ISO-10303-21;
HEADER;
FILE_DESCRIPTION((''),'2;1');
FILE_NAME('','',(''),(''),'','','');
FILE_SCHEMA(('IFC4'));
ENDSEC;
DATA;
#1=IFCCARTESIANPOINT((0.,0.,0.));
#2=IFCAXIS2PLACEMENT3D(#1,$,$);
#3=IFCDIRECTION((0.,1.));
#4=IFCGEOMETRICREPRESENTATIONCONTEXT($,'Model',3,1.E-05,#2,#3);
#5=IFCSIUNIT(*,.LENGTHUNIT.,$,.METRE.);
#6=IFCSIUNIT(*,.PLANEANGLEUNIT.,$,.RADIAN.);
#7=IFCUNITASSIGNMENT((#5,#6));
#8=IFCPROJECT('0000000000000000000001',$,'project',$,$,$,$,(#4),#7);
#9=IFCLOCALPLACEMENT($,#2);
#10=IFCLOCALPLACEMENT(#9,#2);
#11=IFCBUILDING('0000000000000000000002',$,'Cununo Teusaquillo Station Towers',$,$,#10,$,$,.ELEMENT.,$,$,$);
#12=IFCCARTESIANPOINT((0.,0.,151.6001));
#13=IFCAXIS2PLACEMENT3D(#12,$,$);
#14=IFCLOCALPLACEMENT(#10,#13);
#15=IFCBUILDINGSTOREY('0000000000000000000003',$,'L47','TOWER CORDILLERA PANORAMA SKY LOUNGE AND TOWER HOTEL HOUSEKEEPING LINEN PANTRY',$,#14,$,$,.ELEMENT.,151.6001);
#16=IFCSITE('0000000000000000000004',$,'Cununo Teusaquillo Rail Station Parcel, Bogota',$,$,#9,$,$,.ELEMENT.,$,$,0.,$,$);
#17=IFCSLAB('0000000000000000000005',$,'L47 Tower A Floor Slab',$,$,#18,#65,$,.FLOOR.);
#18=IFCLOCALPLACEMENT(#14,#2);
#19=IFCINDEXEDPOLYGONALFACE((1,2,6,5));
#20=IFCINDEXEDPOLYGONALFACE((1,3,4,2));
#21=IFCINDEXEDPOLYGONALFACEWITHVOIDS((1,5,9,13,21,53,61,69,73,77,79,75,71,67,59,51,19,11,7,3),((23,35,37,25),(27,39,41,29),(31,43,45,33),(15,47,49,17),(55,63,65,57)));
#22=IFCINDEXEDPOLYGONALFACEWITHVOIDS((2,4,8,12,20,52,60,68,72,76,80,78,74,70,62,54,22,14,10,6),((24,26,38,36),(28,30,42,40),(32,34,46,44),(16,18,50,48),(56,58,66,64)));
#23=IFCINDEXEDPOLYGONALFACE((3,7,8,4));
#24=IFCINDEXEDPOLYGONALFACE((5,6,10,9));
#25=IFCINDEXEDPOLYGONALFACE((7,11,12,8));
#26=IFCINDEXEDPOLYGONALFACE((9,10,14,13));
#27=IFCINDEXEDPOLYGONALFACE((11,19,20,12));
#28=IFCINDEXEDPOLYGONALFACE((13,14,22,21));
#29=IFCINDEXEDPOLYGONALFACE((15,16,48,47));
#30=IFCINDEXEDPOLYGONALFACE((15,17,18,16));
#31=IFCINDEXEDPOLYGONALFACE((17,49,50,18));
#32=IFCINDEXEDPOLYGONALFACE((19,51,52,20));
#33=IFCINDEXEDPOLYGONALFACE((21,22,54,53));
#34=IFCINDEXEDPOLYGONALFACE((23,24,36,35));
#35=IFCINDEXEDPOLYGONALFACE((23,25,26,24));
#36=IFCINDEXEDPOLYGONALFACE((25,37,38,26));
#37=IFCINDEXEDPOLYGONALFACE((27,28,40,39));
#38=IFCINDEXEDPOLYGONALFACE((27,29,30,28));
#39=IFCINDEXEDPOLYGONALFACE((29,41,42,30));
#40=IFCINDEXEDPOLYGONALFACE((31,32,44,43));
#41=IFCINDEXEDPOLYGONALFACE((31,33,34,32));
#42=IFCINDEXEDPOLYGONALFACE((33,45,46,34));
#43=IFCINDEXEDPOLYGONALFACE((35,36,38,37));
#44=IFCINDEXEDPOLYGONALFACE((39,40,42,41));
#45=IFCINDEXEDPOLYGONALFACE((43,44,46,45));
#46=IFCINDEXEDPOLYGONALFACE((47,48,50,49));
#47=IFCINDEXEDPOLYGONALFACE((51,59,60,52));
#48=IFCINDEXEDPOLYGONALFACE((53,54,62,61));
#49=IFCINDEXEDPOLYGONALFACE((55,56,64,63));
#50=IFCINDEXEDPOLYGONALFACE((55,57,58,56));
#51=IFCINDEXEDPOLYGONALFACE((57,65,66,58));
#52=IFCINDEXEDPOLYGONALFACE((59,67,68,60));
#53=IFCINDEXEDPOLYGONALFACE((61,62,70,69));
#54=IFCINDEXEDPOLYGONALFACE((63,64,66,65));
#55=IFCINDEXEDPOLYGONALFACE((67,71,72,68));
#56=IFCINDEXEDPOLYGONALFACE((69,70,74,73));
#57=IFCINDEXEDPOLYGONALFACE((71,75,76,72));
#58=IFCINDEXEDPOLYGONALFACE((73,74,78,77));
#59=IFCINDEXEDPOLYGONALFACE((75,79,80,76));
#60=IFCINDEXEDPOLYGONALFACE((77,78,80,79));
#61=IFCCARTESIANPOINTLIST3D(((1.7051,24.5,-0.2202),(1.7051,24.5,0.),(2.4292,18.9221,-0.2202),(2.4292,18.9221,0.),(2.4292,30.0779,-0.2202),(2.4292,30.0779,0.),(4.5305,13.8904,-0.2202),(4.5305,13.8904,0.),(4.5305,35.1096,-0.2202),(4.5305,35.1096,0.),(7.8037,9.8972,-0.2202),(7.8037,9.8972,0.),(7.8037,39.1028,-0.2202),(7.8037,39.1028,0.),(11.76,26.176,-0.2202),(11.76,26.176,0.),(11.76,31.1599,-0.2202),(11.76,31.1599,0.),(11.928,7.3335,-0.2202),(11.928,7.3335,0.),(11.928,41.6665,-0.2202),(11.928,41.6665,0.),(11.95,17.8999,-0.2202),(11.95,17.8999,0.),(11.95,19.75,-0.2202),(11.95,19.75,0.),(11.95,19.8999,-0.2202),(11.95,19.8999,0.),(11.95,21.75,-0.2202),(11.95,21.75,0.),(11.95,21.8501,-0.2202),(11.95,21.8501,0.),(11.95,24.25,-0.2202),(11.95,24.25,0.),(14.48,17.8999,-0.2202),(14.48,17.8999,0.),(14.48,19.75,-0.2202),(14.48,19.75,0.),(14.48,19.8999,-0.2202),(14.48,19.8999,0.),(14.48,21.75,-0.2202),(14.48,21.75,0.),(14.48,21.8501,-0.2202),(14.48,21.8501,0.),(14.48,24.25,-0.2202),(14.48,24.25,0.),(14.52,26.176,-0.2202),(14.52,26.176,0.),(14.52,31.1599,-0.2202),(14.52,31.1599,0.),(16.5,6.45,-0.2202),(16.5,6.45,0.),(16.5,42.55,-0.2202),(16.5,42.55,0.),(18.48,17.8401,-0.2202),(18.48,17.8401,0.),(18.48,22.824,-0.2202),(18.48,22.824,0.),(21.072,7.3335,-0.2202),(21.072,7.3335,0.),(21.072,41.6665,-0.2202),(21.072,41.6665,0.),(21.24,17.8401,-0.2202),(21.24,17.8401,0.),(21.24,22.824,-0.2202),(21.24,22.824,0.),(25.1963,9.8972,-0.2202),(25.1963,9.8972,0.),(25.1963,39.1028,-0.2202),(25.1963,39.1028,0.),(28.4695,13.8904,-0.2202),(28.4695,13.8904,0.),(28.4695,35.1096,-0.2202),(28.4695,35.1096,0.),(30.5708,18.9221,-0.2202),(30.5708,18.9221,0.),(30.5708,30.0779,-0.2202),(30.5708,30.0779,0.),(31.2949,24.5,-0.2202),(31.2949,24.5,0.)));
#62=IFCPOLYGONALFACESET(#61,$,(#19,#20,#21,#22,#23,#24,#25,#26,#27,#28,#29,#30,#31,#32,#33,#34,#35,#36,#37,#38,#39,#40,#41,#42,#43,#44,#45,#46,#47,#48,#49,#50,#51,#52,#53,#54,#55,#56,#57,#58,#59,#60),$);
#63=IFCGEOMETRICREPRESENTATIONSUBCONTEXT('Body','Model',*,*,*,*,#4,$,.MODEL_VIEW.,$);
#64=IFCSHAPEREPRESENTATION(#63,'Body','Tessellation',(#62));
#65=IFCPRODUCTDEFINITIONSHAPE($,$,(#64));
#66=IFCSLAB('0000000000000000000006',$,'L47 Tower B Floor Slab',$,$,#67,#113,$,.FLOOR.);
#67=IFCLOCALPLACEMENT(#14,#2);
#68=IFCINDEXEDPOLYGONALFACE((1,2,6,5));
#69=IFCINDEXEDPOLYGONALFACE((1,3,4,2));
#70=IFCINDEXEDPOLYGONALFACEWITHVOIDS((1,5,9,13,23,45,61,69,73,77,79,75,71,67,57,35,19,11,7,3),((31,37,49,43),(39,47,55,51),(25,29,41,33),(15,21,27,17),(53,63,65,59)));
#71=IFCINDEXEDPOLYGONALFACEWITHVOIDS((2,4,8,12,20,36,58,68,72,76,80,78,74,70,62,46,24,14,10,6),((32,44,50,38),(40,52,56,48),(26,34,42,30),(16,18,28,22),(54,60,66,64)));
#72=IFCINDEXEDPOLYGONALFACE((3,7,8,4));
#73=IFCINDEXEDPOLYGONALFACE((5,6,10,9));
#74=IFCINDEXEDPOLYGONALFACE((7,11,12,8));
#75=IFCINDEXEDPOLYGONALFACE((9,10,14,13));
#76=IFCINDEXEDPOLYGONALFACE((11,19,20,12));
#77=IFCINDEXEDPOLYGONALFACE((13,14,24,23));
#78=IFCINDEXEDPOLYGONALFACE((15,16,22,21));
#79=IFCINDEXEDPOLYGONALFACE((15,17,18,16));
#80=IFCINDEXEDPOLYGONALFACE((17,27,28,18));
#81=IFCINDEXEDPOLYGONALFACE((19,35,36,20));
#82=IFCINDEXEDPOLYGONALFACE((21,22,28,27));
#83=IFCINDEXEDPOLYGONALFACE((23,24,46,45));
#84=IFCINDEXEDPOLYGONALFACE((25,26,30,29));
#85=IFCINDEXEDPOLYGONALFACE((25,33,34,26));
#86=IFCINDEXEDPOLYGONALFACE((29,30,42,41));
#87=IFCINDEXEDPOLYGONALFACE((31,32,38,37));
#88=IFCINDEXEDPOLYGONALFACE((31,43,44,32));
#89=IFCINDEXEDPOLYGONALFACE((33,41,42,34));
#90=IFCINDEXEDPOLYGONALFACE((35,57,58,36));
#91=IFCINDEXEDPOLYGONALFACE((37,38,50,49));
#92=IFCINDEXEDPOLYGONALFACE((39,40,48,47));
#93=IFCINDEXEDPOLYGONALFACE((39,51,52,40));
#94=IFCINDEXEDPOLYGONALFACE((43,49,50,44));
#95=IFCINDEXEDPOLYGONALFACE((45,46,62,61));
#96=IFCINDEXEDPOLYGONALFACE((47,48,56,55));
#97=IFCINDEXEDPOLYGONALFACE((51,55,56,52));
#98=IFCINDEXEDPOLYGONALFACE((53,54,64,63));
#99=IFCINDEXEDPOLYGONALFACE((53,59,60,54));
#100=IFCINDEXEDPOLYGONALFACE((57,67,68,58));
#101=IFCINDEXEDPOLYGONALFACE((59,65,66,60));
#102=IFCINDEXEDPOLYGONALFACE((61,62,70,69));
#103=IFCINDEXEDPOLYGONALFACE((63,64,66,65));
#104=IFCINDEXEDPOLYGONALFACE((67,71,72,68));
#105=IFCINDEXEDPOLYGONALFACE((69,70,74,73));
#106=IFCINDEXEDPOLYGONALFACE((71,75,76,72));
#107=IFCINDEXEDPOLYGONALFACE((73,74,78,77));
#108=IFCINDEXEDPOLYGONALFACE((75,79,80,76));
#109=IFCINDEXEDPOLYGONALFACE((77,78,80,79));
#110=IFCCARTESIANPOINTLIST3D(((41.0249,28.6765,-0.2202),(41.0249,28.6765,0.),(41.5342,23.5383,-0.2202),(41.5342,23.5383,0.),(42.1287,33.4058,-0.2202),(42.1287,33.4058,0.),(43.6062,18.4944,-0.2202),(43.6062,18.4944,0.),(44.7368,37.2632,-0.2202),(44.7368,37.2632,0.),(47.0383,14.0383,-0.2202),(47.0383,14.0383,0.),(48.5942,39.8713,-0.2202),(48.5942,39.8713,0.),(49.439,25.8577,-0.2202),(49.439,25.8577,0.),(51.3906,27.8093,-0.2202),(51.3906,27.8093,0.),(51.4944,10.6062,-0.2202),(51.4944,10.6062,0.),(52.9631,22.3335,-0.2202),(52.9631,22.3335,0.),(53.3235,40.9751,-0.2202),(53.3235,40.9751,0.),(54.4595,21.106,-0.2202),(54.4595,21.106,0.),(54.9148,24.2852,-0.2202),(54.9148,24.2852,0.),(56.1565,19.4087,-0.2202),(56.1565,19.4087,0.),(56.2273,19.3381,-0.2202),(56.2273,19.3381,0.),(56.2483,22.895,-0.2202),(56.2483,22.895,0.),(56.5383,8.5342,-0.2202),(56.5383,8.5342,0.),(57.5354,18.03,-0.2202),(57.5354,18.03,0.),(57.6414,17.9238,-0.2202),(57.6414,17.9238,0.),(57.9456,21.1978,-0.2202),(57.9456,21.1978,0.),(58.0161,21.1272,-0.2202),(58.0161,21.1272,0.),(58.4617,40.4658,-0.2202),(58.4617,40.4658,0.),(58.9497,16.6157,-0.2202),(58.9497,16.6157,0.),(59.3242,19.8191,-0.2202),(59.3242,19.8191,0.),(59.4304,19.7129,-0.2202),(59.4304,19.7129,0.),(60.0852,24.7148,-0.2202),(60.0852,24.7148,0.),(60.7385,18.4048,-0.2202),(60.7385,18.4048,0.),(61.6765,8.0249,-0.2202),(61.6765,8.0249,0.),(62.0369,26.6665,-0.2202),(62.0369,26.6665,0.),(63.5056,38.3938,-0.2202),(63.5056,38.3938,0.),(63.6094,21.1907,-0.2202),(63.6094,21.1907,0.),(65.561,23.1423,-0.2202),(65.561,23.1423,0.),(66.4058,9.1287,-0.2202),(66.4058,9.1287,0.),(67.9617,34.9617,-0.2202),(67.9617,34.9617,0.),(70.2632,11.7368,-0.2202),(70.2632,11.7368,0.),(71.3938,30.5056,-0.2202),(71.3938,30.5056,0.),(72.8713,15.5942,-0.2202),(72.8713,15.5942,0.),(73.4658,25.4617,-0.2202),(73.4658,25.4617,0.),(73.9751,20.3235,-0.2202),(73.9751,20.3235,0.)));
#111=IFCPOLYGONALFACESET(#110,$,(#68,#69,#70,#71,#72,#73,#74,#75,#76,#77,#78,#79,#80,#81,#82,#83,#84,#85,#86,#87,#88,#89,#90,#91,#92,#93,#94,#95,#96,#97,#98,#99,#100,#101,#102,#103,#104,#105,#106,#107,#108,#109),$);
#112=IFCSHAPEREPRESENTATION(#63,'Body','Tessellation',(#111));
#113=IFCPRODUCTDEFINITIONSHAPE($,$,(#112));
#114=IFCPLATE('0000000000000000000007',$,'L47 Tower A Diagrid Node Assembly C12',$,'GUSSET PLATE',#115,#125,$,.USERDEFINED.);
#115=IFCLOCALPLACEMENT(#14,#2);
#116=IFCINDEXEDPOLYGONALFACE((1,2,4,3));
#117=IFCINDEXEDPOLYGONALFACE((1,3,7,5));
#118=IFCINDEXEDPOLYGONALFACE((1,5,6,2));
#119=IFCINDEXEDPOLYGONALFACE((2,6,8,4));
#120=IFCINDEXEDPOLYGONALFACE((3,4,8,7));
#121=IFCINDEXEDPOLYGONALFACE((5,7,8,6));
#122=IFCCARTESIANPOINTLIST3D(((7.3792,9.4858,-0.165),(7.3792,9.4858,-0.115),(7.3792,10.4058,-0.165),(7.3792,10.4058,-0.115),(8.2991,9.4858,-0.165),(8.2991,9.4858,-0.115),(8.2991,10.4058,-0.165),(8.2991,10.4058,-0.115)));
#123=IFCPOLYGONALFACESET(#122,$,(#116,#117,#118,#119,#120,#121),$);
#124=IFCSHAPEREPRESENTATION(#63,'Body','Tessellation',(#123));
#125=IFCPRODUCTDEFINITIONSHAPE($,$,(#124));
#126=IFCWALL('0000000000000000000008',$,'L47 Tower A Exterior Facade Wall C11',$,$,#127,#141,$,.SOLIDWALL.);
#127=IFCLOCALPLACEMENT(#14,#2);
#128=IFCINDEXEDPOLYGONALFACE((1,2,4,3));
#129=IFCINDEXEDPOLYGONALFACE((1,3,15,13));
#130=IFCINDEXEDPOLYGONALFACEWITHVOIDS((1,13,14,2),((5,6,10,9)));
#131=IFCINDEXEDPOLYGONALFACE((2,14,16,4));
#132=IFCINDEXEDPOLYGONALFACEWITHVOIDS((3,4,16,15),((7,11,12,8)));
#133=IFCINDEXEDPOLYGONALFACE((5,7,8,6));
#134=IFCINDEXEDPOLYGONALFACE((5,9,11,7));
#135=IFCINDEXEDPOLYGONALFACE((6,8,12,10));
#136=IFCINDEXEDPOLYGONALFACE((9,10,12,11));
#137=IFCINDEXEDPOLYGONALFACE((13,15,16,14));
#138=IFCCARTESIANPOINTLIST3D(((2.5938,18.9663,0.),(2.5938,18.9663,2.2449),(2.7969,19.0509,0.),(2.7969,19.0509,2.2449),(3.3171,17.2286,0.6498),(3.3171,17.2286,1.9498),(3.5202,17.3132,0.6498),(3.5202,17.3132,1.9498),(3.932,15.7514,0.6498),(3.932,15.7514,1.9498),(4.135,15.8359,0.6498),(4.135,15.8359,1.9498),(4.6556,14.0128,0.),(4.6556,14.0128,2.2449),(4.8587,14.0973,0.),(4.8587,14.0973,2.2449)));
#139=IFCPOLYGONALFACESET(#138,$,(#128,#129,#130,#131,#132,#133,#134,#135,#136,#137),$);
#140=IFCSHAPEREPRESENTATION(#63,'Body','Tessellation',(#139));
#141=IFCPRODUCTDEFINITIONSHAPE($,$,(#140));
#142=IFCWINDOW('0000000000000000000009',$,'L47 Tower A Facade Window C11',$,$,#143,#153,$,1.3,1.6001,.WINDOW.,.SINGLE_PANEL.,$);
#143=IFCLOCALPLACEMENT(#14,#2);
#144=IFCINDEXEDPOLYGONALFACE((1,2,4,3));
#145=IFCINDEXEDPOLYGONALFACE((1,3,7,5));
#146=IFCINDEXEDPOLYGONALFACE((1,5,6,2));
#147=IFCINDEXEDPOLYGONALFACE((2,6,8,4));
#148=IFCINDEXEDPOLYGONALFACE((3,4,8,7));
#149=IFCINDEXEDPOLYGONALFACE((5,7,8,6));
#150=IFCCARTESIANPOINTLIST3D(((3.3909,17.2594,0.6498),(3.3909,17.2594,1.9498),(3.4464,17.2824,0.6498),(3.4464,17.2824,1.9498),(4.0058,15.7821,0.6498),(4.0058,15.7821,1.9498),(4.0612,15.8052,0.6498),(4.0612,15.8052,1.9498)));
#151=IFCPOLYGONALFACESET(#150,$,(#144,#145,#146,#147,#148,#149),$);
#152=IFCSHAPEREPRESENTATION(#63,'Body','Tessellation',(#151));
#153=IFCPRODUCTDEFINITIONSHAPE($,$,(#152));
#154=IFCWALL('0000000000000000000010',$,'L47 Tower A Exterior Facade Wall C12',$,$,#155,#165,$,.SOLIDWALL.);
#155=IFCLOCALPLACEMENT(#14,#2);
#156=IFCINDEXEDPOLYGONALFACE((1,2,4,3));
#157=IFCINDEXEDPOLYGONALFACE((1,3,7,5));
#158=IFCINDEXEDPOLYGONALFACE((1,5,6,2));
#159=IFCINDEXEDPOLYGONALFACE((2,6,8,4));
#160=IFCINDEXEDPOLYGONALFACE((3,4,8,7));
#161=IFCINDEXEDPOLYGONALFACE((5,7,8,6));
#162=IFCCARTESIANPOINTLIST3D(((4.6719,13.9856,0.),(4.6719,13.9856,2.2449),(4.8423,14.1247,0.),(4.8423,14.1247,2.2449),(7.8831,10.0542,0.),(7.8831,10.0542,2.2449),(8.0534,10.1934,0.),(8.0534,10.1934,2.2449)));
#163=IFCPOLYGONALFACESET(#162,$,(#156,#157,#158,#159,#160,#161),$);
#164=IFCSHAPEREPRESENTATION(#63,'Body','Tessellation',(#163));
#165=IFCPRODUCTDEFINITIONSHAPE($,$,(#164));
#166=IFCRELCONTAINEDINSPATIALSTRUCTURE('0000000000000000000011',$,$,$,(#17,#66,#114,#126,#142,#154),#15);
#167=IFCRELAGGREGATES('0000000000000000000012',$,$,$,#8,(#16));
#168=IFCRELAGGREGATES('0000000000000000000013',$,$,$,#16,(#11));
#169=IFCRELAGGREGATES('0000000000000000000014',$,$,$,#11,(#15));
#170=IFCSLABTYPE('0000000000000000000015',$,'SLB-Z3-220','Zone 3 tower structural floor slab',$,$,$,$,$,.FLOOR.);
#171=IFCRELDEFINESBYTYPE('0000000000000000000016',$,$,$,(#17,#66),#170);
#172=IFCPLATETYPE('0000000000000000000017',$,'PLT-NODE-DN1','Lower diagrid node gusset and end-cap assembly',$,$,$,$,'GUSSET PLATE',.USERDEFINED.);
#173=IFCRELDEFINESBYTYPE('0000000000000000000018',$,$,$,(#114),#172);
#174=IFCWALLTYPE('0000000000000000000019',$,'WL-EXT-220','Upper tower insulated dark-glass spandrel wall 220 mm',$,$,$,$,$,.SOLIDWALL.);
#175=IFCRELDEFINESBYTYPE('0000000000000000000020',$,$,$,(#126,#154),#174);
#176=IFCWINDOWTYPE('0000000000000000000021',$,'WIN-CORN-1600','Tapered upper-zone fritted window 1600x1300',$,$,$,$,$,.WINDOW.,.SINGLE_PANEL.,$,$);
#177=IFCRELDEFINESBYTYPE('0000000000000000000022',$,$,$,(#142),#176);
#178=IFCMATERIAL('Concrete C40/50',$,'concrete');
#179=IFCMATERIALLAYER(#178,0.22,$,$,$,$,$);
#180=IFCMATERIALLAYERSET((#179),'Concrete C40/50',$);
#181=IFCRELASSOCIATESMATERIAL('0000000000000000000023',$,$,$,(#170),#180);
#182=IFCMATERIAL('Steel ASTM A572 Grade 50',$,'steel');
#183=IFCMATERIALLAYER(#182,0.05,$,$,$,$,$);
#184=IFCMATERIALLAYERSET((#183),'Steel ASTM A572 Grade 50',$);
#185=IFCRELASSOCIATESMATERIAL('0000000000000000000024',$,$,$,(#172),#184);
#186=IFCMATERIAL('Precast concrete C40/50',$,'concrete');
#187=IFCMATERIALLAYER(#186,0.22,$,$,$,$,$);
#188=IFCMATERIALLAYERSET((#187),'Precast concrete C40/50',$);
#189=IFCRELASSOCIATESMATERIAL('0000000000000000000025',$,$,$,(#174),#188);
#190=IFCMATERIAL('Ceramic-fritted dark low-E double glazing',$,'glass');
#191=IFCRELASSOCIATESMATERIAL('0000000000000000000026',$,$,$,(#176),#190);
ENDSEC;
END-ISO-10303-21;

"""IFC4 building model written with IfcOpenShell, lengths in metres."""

from ifc_helpers import new_model, si_unit, direction, frame, frame_2d, origin, origin_2d, place, context, subcontext, project, spatial, polyline, rectangle, outline, extrude, source, transform, mapped, material, layer, layer_set, type_object, element, fill, save


model = new_model("IFC4")

# Units and contexts
model_context = context("Model", 3, precision=1e-05, world=origin(), true_north=direction((0.0, 1.0)))
body_context = subcontext(model_context, "Body", "Model", "MODEL_VIEW")
ifc_project = project(units=[si_unit("LENGTHUNIT", "METRE"), si_unit("PLANEANGLEUNIT", "RADIAN")], contexts=[model_context])

# Site, building, storey
site_placement = place(None, origin())
site = spatial("IfcSite", under=ifc_project, at=site_placement, Name="Cununo Teusaquillo Rail Station Parcel, Bogota", CompositionType="ELEMENT", RefElevation=0.0)
building_placement = place(site_placement, origin())
building = spatial("IfcBuilding", under=site, at=building_placement, Name="Cununo Teusaquillo Station Towers", CompositionType="ELEMENT")
storey_placement = place(building_placement, frame((0.0, 0.0, 151.6001)))
storey = spatial("IfcBuildingStorey", under=building, at=storey_placement, Name="L47", Description="TOWER CORDILLERA PANORAMA SKY LOUNGE AND TOWER HOTEL HOUSEKEEPING LINEN PANTRY", CompositionType="ELEMENT", Elevation=151.6001)

# Slabs
ifc_material_1 = material(Name="Concrete C40/50", Category="concrete")
ifc_layer_1 = layer(ifc_material_1, 0.22)
ifc_layer_set_1 = layer_set([ifc_layer_1], Name="Concrete C40/50")
slab_type_1 = type_object("IfcSlabType", Name="SLB-Z3-220", Description="Zone 3 tower structural floor slab", PredefinedType="FLOOR", material=ifc_layer_set_1)
slab_1_placement = place(storey_placement, frame((0.0, 0.0, -0.2202)))
element("IfcSlab", 1, at=slab_1_placement, inside=storey, type_object=slab_type_1, Name="L47 Tower A Floor Slab", PredefinedType="FLOOR", context=body_context, shape_type="SweptSolid", body=[
    extrude(outline(polyline([(31.2949, 24.5), (30.5708, 30.0779), (28.4695, 35.1096), (25.1963, 39.1028), (21.072, 41.6665), (16.5, 42.55), (11.928, 41.6665), (7.8037, 39.1028), (4.5305, 35.1096), (2.4292, 30.0779), (1.7051, 24.5), (2.4292, 18.9221), (4.5305, 13.8904), (7.8037, 9.8972), (11.928, 7.3335), (16.5, 6.45), (21.072, 7.3335), (25.1963, 9.8972), (28.4695, 13.8904), (30.5708, 18.9221), (31.2949, 24.5)]), holes=[polyline([(14.52, 26.176), (14.52, 31.1599), (11.76, 31.1599), (11.76, 26.176), (14.52, 26.176)]), polyline([(18.48, 22.824), (18.48, 17.8401), (21.24, 17.8401), (21.24, 22.824), (18.48, 22.824)]), polyline([(11.95, 21.8501), (14.48, 21.8501), (14.48, 24.25), (11.95, 24.25), (11.95, 21.8501)]), polyline([(11.95, 17.8999), (14.48, 17.8999), (14.48, 19.75), (11.95, 19.75), (11.95, 17.8999)]), polyline([(11.95, 19.8999), (14.48, 19.8999), (14.48, 21.75), (11.95, 21.75), (11.95, 19.8999)])]), origin(), (0.0, 0.0, 1.0), 0.2202),
])
slab_2_placement = place(storey_placement, frame((0.0, 0.0, -0.2202)))
element("IfcSlab", 2, at=slab_2_placement, inside=storey, type_object=slab_type_1, Name="L47 Tower B Floor Slab", PredefinedType="FLOOR", context=body_context, shape_type="SweptSolid", body=[
    extrude(outline(polyline([(67.9617, 34.9617), (63.5056, 38.3938), (58.4617, 40.4658), (53.3235, 40.9751), (48.5942, 39.8713), (44.7368, 37.2632), (42.1287, 33.4058), (41.0249, 28.6765), (41.5342, 23.5383), (43.6062, 18.4944), (47.0383, 14.0383), (51.4944, 10.6062), (56.5383, 8.5342), (61.6765, 8.0249), (66.4058, 9.1287), (70.2632, 11.7368), (72.8713, 15.5942), (73.9751, 20.3235), (73.4658, 25.4617), (71.3938, 30.5056), (67.9617, 34.9617)]), holes=[polyline([(54.9148, 24.2852), (51.3906, 27.8093), (49.439, 25.8577), (52.9631, 22.3335), (54.9148, 24.2852)]), polyline([(60.0852, 24.7148), (63.6094, 21.1907), (65.561, 23.1423), (62.0369, 26.6665), (60.0852, 24.7148)]), polyline([(56.1565, 19.4087), (57.9456, 21.1978), (56.2483, 22.895), (54.4595, 21.106), (56.1565, 19.4087)]), polyline([(58.9497, 16.6157), (60.7385, 18.4048), (59.4304, 19.7129), (57.6414, 17.9238), (58.9497, 16.6157)]), polyline([(57.5354, 18.03), (59.3242, 19.8191), (58.0161, 21.1272), (56.2273, 19.3381), (57.5354, 18.03)])]), origin(), (0.0, 0.0, 1.0), 0.2202),
])

# Plate
ifc_material_2 = material(Name="Steel ASTM A572 Grade 50", Category="steel")
ifc_layer_2 = layer(ifc_material_2, 0.05)
ifc_layer_set_2 = layer_set([ifc_layer_2], Name="Steel ASTM A572 Grade 50")
plate_type = type_object("IfcPlateType", Name="PLT-NODE-DN1", Description="Lower diagrid node gusset and end-cap assembly", ElementType="GUSSET PLATE", PredefinedType="USERDEFINED", material=ifc_layer_set_2)
shared_shape_1 = source(origin(), body_context, "Body", "SweptSolid", [
    extrude(rectangle(XDim=0.9199, YDim=0.9199, at=origin_2d()), origin(), (0.0, 0.0, 1.0), 0.05),
])
plate_placement = place(storey_placement, frame((7.8391, 9.9458, -0.165), z_axis=(0.0, 0.0, 1.0), x_axis=(1.0, 0.0, 0.0)))
element("IfcPlate", 3, at=plate_placement, inside=storey, type_object=plate_type, Name="L47 Tower A Diagrid Node Assembly C12", ObjectType="GUSSET PLATE", PredefinedType="USERDEFINED", context=body_context, shape_type="MappedRepresentation", body=[
    mapped(shared_shape_1, transform((0.0, 0.0, 0.0), x_axis=(1.0, 0.0, 0.0), y_axis=(0.0, 1.0, 0.0), z_axis=(0.0, 0.0, 1.0), scale=1.0)),
])

# Wall, opening, window
ifc_material_3 = material(Name="Precast concrete C40/50", Category="concrete")
ifc_layer_3 = layer(ifc_material_3, 0.22)
ifc_layer_set_3 = layer_set([ifc_layer_3], Name="Precast concrete C40/50")
wall_type_1 = type_object("IfcWallType", Name="WL-EXT-220", Description="Upper tower insulated dark-glass spandrel wall 220 mm", PredefinedType="SOLIDWALL", material=ifc_layer_set_3)
wall_1_placement = place(storey_placement, frame((4.7571, 14.0552, 0.0), z_axis=(0.0, 0.0, 1.0), x_axis=(-0.38426, 0.923225, 0.0)))
wall_1 = element("IfcWall", 4, at=wall_1_placement, inside=storey, type_object=wall_type_1, Name="L47 Tower A Exterior Facade Wall C11", PredefinedType="SOLIDWALL", context=body_context, shape_type="SweptSolid", body=[
    extrude(rectangle(XDim=5.3655, YDim=0.22, at=frame_2d((2.6826, 0.0))), origin(), (0.0, 0.0, 1.0), 2.2449),
])
shared_shape_2 = source(origin(), body_context, "Body", "SweptSolid", [
    extrude(rectangle(XDim=1.6001, YDim=1.3, at=frame_2d((0.8, 0.6499))), frame((0.0, 0.1199, 0.0), z_axis=(0.0, -1.0, 0.0), x_axis=(1.0, 0.0, 0.0)), (0.0, 0.0, 1.0), 0.24),
])
opening_1_placement = place(wall_1_placement, frame((1.8831, 0.0, 0.6499)))
opening_1 = element("IfcOpeningElement", 5, at=opening_1_placement, cuts=wall_1, PredefinedType="OPENING", context=body_context, shape_type="MappedRepresentation", body=[
    mapped(shared_shape_2, transform((0.0, 0.0, 0.0), x_axis=(1.0, 0.0, 0.0), y_axis=(0.0, 1.0, 0.0), z_axis=(0.0, 0.0, 1.0), scale=1.0)),
])
ifc_material_4 = material(Name="Ceramic-fritted dark low-E double glazing", Category="glass")
window_type = type_object("IfcWindowType", Name="WIN-CORN-1600", Description="Tapered upper-zone fritted window 1600x1300", PartitioningType="SINGLE_PANEL", PredefinedType="WINDOW", material=ifc_material_4)
shared_shape_3 = source(origin(), body_context, "Body", "SweptSolid", [
    extrude(rectangle(XDim=1.6001, YDim=1.3, at=frame_2d((0.8, 0.6499))), frame((0.0, 0.03, 0.0), z_axis=(0.0, -1.0, 0.0), x_axis=(1.0, 0.0, 0.0)), (0.0, 0.0, 1.0), 0.0601),
])
window_1_placement = place(opening_1_placement, origin())
window_1 = element("IfcWindow", 6, at=window_1_placement, inside=storey, type_object=window_type, Name="L47 Tower A Facade Window C11", OverallHeight=1.3, OverallWidth=1.6001, PartitioningType="SINGLE_PANEL", PredefinedType="WINDOW", context=body_context, shape_type="MappedRepresentation", body=[
    mapped(shared_shape_3, transform((0.0, 0.0, 0.0), x_axis=(1.0, 0.0, 0.0), y_axis=(0.0, 1.0, 0.0), z_axis=(0.0, 0.0, 1.0), scale=1.0)),
])
fill(opening_1, window_1)

# Wall
wall_2_placement = place(storey_placement, frame((7.9683, 10.1238, 0.0), z_axis=(0.0, 0.0, 1.0), x_axis=(-0.632599, 0.77448, 0.0)))
element("IfcWall", 7, at=wall_2_placement, inside=storey, type_object=wall_type_1, Name="L47 Tower A Exterior Facade Wall C12", PredefinedType="SOLIDWALL", context=body_context, shape_type="SweptSolid", body=[
    extrude(rectangle(XDim=5.0762, YDim=0.22, at=frame_2d((2.5381, 0.0))), origin(), (0.0, 0.0, 1.0), 2.2449),
])

save(model, "model.ifc")
